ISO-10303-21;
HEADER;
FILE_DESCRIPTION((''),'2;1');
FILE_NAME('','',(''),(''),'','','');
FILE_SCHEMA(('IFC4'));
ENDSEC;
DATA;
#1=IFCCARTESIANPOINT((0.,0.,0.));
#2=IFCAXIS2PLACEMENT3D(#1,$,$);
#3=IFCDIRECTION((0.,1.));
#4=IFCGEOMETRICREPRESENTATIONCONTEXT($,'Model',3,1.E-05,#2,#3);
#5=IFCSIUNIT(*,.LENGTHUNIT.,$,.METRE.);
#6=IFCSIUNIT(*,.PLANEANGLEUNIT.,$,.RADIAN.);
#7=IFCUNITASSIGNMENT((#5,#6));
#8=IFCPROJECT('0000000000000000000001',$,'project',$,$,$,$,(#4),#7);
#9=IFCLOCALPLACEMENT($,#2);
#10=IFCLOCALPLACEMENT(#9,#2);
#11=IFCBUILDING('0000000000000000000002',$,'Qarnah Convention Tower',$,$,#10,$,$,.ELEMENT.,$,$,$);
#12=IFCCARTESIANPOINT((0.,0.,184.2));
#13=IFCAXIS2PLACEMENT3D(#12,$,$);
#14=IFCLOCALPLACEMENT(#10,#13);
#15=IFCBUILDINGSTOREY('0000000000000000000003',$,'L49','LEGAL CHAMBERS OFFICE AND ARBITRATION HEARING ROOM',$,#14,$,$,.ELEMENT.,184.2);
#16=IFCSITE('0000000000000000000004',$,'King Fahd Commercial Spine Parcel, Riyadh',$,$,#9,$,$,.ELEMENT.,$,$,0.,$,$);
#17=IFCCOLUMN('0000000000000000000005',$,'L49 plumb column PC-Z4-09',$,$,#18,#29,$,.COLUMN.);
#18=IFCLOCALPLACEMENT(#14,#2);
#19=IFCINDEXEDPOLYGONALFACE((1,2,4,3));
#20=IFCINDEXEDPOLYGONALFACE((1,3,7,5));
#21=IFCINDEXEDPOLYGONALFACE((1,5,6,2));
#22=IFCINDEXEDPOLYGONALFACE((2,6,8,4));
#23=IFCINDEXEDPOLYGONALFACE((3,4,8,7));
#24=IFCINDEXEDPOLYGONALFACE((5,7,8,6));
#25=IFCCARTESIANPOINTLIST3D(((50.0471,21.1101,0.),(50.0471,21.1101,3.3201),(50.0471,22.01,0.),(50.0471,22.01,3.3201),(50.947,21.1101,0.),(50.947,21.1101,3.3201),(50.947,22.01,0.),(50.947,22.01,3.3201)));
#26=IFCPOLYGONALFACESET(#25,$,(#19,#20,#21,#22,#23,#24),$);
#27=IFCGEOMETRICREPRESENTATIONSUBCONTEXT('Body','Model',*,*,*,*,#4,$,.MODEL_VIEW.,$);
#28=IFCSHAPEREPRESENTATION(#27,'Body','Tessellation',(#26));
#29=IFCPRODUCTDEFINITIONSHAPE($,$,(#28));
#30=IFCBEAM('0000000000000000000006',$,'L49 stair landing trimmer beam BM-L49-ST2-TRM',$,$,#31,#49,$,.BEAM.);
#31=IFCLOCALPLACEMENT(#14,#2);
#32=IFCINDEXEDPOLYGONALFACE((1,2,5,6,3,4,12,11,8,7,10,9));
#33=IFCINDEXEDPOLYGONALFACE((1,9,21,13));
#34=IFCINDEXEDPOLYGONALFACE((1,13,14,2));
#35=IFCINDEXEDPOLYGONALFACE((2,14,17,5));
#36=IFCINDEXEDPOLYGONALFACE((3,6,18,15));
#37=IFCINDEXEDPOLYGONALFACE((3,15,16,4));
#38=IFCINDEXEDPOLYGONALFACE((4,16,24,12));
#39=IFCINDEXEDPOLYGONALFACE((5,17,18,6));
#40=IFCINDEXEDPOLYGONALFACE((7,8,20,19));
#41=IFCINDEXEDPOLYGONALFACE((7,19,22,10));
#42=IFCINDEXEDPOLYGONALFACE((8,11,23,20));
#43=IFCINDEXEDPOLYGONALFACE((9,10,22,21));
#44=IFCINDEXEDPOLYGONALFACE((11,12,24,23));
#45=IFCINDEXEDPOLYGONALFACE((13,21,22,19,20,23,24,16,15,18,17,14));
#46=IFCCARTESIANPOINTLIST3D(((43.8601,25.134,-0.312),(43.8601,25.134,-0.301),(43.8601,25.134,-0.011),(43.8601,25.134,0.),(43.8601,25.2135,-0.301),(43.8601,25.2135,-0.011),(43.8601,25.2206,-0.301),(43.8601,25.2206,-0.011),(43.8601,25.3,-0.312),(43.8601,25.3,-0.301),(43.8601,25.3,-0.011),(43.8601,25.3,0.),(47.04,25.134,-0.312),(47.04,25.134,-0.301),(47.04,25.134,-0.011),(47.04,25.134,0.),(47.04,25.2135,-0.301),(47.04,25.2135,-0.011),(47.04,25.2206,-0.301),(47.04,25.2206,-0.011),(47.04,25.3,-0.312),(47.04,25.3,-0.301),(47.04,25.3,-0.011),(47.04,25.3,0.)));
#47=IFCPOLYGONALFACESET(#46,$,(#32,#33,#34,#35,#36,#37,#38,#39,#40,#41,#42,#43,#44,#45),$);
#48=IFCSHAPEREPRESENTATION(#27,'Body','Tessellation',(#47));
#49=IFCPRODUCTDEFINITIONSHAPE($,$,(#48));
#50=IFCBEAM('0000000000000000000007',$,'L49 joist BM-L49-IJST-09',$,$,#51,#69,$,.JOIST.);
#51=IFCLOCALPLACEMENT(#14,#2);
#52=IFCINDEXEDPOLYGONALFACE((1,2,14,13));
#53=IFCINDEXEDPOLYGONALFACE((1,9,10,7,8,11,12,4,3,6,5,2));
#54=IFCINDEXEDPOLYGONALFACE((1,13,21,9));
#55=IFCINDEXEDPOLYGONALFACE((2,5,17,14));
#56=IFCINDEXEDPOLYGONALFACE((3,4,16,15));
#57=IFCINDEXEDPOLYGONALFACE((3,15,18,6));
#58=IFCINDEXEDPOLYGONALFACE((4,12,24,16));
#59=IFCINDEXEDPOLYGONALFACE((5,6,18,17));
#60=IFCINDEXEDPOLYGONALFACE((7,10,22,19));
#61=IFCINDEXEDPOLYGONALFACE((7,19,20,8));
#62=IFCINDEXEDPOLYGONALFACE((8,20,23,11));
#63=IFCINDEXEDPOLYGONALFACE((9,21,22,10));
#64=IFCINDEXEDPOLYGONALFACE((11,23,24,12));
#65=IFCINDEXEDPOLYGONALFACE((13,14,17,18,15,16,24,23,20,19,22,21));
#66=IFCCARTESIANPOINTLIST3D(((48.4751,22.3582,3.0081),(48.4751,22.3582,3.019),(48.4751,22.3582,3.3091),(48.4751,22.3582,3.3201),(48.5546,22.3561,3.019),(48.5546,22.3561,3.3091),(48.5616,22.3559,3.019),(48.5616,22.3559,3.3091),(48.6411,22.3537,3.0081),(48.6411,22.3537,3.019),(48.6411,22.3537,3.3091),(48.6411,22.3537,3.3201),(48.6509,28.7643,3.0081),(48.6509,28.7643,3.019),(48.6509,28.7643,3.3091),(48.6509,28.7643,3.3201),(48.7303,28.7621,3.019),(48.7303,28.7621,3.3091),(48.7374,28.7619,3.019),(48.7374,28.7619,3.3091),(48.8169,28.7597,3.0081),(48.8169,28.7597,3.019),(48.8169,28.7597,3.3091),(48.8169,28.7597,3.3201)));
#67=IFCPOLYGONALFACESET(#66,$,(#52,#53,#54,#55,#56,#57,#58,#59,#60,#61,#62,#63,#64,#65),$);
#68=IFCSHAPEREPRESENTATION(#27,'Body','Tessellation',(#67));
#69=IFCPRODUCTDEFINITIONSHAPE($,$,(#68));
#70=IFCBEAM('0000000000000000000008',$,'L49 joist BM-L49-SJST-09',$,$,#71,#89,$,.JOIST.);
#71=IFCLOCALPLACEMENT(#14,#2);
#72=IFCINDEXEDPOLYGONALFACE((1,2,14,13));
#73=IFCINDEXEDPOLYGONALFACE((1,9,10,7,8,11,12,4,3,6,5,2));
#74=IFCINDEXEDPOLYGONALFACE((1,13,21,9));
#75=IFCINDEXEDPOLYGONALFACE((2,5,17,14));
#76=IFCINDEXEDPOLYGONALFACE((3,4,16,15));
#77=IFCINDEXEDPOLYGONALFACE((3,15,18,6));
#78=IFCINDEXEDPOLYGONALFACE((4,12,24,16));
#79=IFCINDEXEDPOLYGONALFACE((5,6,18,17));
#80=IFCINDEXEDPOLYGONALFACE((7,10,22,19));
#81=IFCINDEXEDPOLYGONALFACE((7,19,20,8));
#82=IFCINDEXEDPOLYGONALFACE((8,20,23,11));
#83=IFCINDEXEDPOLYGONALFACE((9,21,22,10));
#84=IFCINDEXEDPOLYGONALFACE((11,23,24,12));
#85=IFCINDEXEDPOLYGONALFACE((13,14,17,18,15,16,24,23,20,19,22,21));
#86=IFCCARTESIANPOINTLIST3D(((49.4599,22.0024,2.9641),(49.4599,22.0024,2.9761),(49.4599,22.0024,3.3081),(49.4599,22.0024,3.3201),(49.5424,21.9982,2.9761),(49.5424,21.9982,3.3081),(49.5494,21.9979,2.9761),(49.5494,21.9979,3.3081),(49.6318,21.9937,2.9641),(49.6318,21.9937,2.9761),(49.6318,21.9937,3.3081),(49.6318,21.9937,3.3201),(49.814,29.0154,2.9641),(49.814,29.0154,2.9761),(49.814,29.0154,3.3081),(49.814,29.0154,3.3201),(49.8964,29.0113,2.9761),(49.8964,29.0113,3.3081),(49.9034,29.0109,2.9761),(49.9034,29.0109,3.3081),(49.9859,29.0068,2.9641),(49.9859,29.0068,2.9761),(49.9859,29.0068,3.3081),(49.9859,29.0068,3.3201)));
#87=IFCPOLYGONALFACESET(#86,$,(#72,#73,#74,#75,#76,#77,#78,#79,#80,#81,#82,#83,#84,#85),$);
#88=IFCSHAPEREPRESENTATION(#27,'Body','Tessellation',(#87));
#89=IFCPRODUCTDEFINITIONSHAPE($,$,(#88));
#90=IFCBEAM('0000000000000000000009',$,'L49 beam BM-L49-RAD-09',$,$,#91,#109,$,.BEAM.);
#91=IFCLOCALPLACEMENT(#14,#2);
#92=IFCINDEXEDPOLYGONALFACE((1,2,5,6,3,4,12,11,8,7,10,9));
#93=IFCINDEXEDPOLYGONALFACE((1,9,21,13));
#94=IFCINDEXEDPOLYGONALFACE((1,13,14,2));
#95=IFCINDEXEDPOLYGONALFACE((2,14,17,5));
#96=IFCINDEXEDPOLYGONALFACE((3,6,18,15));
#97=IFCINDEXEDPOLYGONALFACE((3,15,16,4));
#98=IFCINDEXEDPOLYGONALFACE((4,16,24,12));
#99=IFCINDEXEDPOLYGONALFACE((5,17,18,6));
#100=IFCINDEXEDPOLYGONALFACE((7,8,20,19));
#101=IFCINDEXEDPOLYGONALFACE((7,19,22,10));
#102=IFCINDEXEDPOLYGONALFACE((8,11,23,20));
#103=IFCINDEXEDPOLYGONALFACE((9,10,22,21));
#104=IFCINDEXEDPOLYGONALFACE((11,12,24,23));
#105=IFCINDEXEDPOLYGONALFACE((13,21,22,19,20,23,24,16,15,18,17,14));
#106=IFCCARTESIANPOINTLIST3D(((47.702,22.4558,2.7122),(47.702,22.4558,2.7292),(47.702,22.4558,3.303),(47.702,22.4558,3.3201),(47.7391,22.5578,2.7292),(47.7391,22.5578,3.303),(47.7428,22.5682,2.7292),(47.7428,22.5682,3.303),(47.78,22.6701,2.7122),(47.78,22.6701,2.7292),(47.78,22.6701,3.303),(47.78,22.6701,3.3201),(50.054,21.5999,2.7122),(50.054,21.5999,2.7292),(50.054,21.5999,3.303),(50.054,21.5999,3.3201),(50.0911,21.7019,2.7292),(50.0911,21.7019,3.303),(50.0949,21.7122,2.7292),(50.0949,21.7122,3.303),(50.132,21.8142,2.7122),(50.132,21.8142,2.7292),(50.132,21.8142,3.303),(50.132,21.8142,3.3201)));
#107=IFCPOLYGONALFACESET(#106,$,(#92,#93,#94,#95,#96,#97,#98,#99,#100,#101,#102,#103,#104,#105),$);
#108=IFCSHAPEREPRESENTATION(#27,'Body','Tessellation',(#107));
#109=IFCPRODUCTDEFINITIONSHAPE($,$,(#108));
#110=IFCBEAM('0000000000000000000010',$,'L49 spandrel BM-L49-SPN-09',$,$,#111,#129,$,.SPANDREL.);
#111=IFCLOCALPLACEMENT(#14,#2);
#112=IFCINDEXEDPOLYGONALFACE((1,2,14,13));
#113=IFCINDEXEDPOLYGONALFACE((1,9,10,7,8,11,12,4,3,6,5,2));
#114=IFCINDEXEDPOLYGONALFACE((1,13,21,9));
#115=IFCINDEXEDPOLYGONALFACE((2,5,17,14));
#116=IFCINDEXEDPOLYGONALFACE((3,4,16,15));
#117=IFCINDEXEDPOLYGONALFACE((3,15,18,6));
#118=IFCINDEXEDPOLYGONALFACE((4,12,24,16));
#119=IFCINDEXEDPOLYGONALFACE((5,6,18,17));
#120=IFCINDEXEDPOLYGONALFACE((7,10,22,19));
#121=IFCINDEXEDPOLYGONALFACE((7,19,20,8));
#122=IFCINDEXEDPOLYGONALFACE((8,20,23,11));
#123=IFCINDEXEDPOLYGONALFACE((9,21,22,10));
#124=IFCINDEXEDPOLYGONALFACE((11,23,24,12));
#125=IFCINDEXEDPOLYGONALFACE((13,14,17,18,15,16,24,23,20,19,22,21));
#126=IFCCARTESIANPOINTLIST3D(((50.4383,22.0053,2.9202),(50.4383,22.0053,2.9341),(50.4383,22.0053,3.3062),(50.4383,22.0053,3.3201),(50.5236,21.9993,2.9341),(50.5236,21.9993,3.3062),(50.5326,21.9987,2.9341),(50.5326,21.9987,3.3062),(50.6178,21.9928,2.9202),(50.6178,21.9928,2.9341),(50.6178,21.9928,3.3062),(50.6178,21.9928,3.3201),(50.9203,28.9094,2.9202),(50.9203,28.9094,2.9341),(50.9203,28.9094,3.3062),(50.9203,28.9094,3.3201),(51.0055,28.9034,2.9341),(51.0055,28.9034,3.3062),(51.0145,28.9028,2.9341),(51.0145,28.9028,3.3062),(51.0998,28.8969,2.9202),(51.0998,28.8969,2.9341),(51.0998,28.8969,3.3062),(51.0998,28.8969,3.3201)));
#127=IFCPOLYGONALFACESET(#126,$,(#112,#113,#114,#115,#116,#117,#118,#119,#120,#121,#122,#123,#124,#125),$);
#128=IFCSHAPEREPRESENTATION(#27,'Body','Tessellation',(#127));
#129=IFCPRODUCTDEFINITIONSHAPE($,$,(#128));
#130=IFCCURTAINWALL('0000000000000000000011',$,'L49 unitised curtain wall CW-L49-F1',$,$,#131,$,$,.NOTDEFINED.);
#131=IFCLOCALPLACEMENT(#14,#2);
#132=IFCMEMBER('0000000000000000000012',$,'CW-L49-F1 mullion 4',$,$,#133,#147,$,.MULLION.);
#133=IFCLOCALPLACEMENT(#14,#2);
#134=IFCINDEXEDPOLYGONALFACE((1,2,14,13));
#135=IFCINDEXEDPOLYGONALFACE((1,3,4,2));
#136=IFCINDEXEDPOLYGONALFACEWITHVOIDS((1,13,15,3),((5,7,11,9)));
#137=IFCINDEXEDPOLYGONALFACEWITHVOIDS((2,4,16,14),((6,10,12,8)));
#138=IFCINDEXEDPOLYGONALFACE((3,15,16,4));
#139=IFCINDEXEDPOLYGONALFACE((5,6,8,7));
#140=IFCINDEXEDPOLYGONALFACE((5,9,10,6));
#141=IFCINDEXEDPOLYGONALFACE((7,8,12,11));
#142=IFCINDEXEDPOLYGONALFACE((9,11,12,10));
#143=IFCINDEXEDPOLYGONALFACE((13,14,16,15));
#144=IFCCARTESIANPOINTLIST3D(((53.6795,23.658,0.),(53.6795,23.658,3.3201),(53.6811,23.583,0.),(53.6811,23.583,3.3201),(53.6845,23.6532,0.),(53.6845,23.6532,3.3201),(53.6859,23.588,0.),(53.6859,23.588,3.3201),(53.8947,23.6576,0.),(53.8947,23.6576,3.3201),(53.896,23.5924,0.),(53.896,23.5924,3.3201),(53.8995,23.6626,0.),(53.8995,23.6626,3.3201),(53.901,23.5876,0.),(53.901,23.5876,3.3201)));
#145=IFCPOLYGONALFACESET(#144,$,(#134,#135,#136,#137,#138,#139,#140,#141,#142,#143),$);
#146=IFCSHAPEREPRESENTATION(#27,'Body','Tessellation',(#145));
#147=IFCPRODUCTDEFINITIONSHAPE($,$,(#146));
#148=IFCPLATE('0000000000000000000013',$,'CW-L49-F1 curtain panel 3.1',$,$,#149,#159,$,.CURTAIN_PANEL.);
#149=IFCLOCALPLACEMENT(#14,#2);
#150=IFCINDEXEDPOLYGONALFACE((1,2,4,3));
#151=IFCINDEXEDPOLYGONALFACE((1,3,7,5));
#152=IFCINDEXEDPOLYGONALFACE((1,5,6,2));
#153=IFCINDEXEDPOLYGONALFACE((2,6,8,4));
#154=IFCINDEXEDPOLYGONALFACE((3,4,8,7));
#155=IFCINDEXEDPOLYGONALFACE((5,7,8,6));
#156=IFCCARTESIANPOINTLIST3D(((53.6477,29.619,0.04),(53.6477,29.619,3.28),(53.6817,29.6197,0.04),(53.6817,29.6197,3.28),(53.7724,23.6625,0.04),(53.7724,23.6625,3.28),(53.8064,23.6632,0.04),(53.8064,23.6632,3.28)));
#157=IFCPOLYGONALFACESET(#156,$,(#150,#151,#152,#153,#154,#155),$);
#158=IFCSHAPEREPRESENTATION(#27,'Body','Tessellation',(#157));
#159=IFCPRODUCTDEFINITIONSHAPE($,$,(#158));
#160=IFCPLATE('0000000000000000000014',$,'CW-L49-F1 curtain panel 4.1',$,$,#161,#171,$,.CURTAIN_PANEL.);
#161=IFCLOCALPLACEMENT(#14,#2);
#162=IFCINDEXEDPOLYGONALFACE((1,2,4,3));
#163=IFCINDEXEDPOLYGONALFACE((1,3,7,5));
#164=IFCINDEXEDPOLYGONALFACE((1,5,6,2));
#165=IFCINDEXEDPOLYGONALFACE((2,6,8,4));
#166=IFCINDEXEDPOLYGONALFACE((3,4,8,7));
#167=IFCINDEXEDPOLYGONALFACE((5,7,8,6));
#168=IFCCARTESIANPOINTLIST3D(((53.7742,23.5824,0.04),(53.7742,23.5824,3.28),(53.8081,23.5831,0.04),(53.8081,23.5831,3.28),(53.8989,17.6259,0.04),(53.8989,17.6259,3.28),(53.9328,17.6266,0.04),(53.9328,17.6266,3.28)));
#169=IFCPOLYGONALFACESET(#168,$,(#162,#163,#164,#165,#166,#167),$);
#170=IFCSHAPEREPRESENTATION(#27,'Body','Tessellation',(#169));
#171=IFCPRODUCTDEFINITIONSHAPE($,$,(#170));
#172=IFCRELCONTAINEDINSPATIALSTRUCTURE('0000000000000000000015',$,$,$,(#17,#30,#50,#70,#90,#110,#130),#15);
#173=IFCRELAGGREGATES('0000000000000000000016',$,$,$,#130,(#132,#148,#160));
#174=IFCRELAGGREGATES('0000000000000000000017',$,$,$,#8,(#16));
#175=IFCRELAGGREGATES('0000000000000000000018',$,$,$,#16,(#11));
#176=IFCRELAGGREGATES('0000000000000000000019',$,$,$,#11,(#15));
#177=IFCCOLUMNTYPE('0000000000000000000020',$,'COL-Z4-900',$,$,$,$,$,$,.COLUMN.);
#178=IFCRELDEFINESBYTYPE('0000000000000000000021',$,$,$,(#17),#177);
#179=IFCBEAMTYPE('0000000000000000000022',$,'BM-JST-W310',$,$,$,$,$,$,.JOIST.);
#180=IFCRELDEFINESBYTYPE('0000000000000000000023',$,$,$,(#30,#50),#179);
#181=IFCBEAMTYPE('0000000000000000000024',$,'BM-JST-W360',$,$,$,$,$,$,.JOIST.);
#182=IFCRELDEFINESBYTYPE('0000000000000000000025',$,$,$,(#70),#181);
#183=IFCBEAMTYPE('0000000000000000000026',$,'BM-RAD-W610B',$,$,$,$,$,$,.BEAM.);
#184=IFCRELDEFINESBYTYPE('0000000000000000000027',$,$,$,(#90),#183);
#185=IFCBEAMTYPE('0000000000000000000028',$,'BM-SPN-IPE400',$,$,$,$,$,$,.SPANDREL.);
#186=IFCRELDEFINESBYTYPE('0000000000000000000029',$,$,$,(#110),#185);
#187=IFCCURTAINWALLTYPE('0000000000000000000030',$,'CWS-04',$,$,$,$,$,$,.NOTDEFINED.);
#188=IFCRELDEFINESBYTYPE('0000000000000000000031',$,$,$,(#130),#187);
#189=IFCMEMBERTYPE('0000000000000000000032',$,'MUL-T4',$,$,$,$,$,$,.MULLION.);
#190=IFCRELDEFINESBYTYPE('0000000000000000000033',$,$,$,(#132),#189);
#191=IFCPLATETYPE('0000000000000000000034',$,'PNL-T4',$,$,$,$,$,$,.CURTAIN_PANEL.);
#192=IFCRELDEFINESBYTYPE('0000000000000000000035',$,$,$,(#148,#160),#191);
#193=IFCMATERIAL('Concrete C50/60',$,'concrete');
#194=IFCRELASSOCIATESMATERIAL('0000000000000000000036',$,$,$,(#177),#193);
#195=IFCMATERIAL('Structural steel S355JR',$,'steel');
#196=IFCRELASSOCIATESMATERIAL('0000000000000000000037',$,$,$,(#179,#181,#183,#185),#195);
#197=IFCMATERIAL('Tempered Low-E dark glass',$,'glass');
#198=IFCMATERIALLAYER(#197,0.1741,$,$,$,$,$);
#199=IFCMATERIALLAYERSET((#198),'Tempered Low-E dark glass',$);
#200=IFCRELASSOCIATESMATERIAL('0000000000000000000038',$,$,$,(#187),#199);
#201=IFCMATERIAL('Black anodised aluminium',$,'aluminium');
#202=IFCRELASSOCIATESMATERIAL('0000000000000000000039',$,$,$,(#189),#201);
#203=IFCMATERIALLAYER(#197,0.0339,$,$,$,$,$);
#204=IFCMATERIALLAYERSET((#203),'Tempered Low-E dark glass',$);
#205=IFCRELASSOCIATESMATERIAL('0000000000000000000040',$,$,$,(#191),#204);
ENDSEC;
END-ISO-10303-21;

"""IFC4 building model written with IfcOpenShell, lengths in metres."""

from ifc_helpers import new_model, si_unit, direction, frame, origin, origin_2d, place, context, subcontext, project, spatial, rectangle, hollow_rectangle, i_section, extrude, material, layer, layer_set, material_profile, profile_set, type_object, element, aggregate, save


model = new_model("IFC4")

# Units and contexts
model_context = context("Model", 3, precision=1e-05, world=origin(), true_north=direction((0.0, 1.0)))
body_context = subcontext(model_context, "Body", "Model", "MODEL_VIEW")
ifc_project = project(units=[si_unit("LENGTHUNIT", "METRE"), si_unit("PLANEANGLEUNIT", "RADIAN")], contexts=[model_context])

# Site, building, storey
site_placement = place(None, origin())
site = spatial("IfcSite", under=ifc_project, at=site_placement, Name="King Fahd Commercial Spine Parcel, Riyadh", CompositionType="ELEMENT", RefElevation=0.0)
building_placement = place(site_placement, origin())
building = spatial("IfcBuilding", under=site, at=building_placement, Name="Qarnah Convention Tower", CompositionType="ELEMENT")
storey_placement = place(building_placement, frame((0.0, 0.0, 184.2)))
storey = spatial("IfcBuildingStorey", under=building, at=storey_placement, Name="L49", Description="LEGAL CHAMBERS OFFICE AND ARBITRATION HEARING ROOM", CompositionType="ELEMENT", Elevation=184.2)

# Column
ifc_material_1 = material(Name="Concrete C50/60", Category="concrete")
ifc_material_profile_1 = material_profile(ifc_material_1, rectangle(XDim=0.8999, YDim=0.8999, at=origin_2d()), Name="RC-COL-900X900")
ifc_profile_set_1 = profile_set([ifc_material_profile_1], Name="Concrete C50/60")
column_type = type_object("IfcColumnType", Name="COL-Z4-900", PredefinedType="COLUMN", material=ifc_profile_set_1)
column_placement = place(storey_placement, frame((50.4971, 21.5601, 0.0), z_axis=(0.0, 0.0, 1.0), x_axis=(1.0, 0.0, 0.0)))
element("IfcColumn", 1, at=column_placement, inside=storey, type_object=column_type, Name="L49 plumb column PC-Z4-09", PredefinedType="COLUMN", context=body_context, shape_type="SweptSolid", body=[
    extrude(rectangle(XDim=0.8999, YDim=0.8999, at=origin_2d()), origin(), (0.0, 0.0, 1.0), 3.3201),
])

# Beams
ifc_material_2 = material(Name="Structural steel S355JR", Category="steel")
ifc_material_profile_2 = material_profile(ifc_material_2, i_section(OverallWidth=0.166, OverallDepth=0.312, WebThickness=0.0071, FlangeThickness=0.011, at=origin_2d()), Name="W310X45")
ifc_profile_set_2 = profile_set([ifc_material_profile_2], Name="Structural steel S355JR")
beam_type_1 = type_object("IfcBeamType", Name="BM-JST-W310", PredefinedType="JOIST", material=ifc_profile_set_2)
beam_1_placement = place(storey_placement, frame((43.8601, 25.217, -0.156), z_axis=(1.0, 0.0, 0.0), x_axis=(0.0, 1.0, 0.0)))
element("IfcBeam", 2, at=beam_1_placement, inside=storey, type_object=beam_type_1, Name="L49 stair landing trimmer beam BM-L49-ST2-TRM", PredefinedType="BEAM", context=body_context, shape_type="SweptSolid", body=[
    extrude(i_section(OverallWidth=0.166, OverallDepth=0.312, WebThickness=0.0071, FlangeThickness=0.011, at=origin_2d()), origin(), (0.0, 0.0, 1.0), 3.1799),
])
beam_2_placement = place(storey_placement, frame((48.5581, 22.356, 3.1641), z_axis=(0.02743, 0.999624, 0.0), x_axis=(-0.999624, 0.02743, 0.0)))
element("IfcBeam", 3, at=beam_2_placement, inside=storey, type_object=beam_type_1, Name="L49 joist BM-L49-IJST-09", PredefinedType="JOIST", context=body_context, shape_type="SweptSolid", body=[
    extrude(i_section(OverallWidth=0.166, OverallDepth=0.312, WebThickness=0.0071, FlangeThickness=0.011, at=origin_2d()), origin(), (0.0, 0.0, 1.0), 6.4084),
])
ifc_material_profile_3 = material_profile(ifc_material_2, i_section(OverallWidth=0.1721, OverallDepth=0.356, WebThickness=0.0071, FlangeThickness=0.012, at=origin_2d()), Name="W360X51")
ifc_profile_set_3 = profile_set([ifc_material_profile_3], Name="Structural steel S355JR")
beam_type_2 = type_object("IfcBeamType", Name="BM-JST-W360", PredefinedType="JOIST", material=ifc_profile_set_3)
beam_3_placement = place(storey_placement, frame((49.5459, 21.998, 3.1421), z_axis=(0.050414, 0.998728, 0.0), x_axis=(-0.998728, 0.050414, 0.0)))
element("IfcBeam", 4, at=beam_3_placement, inside=storey, type_object=beam_type_2, Name="L49 joist BM-L49-SJST-09", PredefinedType="JOIST", context=body_context, shape_type="SweptSolid", body=[
    extrude(i_section(OverallWidth=0.1721, OverallDepth=0.356, WebThickness=0.0071, FlangeThickness=0.012, at=origin_2d()), origin(), (0.0, 0.0, 1.0), 7.022),
])
ifc_material_profile_4 = material_profile(ifc_material_2, i_section(OverallWidth=0.228, OverallDepth=0.6079, WebThickness=0.011, FlangeThickness=0.0171, at=origin_2d()), Name="W610X113")
ifc_profile_set_4 = profile_set([ifc_material_profile_4], Name="Structural steel S355JR")
beam_type_3 = type_object("IfcBeamType", Name="BM-RAD-W610B", PredefinedType="BEAM", material=ifc_profile_set_4)
beam_4_placement = place(storey_placement, frame((47.741, 22.563, 3.0161), z_axis=(0.939708, -0.341978, 0.0), x_axis=(0.341978, 0.939708, 0.0)))
element("IfcBeam", 5, at=beam_4_placement, inside=storey, type_object=beam_type_3, Name="L49 beam BM-L49-RAD-09", PredefinedType="BEAM", context=body_context, shape_type="SweptSolid", body=[
    extrude(i_section(OverallWidth=0.228, OverallDepth=0.6079, WebThickness=0.011, FlangeThickness=0.0171, at=origin_2d()), origin(), (0.0, 0.0, 1.0), 2.5029),
])
ifc_material_profile_5 = material_profile(ifc_material_2, i_section(OverallWidth=0.1799, OverallDepth=0.3999, WebThickness=0.009, FlangeThickness=0.0139, at=origin_2d()), Name="IPE400")
ifc_profile_set_5 = profile_set([ifc_material_profile_5], Name="Structural steel S355JR")
beam_type_4 = type_object("IfcBeamType", Name="BM-SPN-IPE400", PredefinedType="SPANDREL", material=ifc_profile_set_5)
beam_5_placement = place(storey_placement, frame((50.5281, 21.999, 3.1201), z_axis=(0.069635, 0.997573, 0.0), x_axis=(-0.997573, 0.069635, 0.0)))
element("IfcBeam", 6, at=beam_5_placement, inside=storey, type_object=beam_type_4, Name="L49 spandrel BM-L49-SPN-09", PredefinedType="SPANDREL", context=body_context, shape_type="SweptSolid", body=[
    extrude(i_section(OverallWidth=0.1799, OverallDepth=0.3999, WebThickness=0.009, FlangeThickness=0.0139, at=origin_2d()), origin(), (0.0, 0.0, 1.0), 6.9209),
])

# Curtain wall, member, plates
ifc_material_3 = material(Name="Tempered Low-E dark glass", Category="glass")
ifc_layer_1 = layer(ifc_material_3, 0.1741)
ifc_layer_set_1 = layer_set([ifc_layer_1], Name="Tempered Low-E dark glass")
curtain_wall_type = type_object("IfcCurtainWallType", Name="CWS-04", PredefinedType="NOTDEFINED", material=ifc_layer_set_1)
curtain_wall_placement = place(storey_placement, origin())
curtain_wall = element("IfcCurtainWall", 7, at=curtain_wall_placement, inside=storey, type_object=curtain_wall_type, Name="L49 unitised curtain wall CW-L49-F1", PredefinedType="NOTDEFINED")
ifc_material_4 = material(Name="Black anodised aluminium", Category="aluminium")
ifc_material_profile_6 = material_profile(ifc_material_4, hollow_rectangle(XDim=0.075, YDim=0.22, WallThickness=0.0049, at=origin_2d()), Name="MUL-75X220")
ifc_profile_set_6 = profile_set([ifc_material_profile_6], Name="Black anodised aluminium")
member_type = type_object("IfcMemberType", Name="MUL-T4", PredefinedType="MULLION", material=ifc_profile_set_6)
member_placement = place(storey_placement, frame((53.7903, 23.6228, 0.0), z_axis=(0.0, 0.0, 1.0), x_axis=(0.020935, -0.999781, 0.0)))
member = element("IfcMember", 8, at=member_placement, type_object=member_type, Name="CW-L49-F1 mullion 4", PredefinedType="MULLION", context=body_context, shape_type="SweptSolid", body=[
    extrude(hollow_rectangle(XDim=0.075, YDim=0.22, WallThickness=0.0049, at=origin_2d()), origin(), (0.0, 0.0, 1.0), 3.3201),
])
ifc_layer_2 = layer(ifc_material_3, 0.0339)
ifc_layer_set_2 = layer_set([ifc_layer_2], Name="Tempered Low-E dark glass")
plate_type = type_object("IfcPlateType", Name="PNL-T4", PredefinedType="CURTAIN_PANEL", material=ifc_layer_set_2)
plate_1_placement = place(storey_placement, frame((53.7271, 26.6411, 0.04), z_axis=(0.0, 0.0, 1.0), x_axis=(0.020935, -0.999781, 0.0)))
plate_1 = element("IfcPlate", 9, at=plate_1_placement, type_object=plate_type, Name="CW-L49-F1 curtain panel 3.1", PredefinedType="CURTAIN_PANEL", context=body_context, shape_type="SweptSolid", body=[
    extrude(rectangle(XDim=5.9578, YDim=0.0339, at=origin_2d()), origin(), (0.0, 0.0, 1.0), 3.24),
])
plate_2_placement = place(storey_placement, frame((53.8535, 20.6045, 0.04), z_axis=(0.0, 0.0, 1.0), x_axis=(0.020935, -0.999781, 0.0)))
plate_2 = element("IfcPlate", 10, at=plate_2_placement, type_object=plate_type, Name="CW-L49-F1 curtain panel 4.1", PredefinedType="CURTAIN_PANEL", context=body_context, shape_type="SweptSolid", body=[
    extrude(rectangle(XDim=5.9578, YDim=0.0339, at=origin_2d()), origin(), (0.0, 0.0, 1.0), 3.24),
])
aggregate(curtain_wall, [member, plate_1, plate_2])

save(model, "model.ifc")
